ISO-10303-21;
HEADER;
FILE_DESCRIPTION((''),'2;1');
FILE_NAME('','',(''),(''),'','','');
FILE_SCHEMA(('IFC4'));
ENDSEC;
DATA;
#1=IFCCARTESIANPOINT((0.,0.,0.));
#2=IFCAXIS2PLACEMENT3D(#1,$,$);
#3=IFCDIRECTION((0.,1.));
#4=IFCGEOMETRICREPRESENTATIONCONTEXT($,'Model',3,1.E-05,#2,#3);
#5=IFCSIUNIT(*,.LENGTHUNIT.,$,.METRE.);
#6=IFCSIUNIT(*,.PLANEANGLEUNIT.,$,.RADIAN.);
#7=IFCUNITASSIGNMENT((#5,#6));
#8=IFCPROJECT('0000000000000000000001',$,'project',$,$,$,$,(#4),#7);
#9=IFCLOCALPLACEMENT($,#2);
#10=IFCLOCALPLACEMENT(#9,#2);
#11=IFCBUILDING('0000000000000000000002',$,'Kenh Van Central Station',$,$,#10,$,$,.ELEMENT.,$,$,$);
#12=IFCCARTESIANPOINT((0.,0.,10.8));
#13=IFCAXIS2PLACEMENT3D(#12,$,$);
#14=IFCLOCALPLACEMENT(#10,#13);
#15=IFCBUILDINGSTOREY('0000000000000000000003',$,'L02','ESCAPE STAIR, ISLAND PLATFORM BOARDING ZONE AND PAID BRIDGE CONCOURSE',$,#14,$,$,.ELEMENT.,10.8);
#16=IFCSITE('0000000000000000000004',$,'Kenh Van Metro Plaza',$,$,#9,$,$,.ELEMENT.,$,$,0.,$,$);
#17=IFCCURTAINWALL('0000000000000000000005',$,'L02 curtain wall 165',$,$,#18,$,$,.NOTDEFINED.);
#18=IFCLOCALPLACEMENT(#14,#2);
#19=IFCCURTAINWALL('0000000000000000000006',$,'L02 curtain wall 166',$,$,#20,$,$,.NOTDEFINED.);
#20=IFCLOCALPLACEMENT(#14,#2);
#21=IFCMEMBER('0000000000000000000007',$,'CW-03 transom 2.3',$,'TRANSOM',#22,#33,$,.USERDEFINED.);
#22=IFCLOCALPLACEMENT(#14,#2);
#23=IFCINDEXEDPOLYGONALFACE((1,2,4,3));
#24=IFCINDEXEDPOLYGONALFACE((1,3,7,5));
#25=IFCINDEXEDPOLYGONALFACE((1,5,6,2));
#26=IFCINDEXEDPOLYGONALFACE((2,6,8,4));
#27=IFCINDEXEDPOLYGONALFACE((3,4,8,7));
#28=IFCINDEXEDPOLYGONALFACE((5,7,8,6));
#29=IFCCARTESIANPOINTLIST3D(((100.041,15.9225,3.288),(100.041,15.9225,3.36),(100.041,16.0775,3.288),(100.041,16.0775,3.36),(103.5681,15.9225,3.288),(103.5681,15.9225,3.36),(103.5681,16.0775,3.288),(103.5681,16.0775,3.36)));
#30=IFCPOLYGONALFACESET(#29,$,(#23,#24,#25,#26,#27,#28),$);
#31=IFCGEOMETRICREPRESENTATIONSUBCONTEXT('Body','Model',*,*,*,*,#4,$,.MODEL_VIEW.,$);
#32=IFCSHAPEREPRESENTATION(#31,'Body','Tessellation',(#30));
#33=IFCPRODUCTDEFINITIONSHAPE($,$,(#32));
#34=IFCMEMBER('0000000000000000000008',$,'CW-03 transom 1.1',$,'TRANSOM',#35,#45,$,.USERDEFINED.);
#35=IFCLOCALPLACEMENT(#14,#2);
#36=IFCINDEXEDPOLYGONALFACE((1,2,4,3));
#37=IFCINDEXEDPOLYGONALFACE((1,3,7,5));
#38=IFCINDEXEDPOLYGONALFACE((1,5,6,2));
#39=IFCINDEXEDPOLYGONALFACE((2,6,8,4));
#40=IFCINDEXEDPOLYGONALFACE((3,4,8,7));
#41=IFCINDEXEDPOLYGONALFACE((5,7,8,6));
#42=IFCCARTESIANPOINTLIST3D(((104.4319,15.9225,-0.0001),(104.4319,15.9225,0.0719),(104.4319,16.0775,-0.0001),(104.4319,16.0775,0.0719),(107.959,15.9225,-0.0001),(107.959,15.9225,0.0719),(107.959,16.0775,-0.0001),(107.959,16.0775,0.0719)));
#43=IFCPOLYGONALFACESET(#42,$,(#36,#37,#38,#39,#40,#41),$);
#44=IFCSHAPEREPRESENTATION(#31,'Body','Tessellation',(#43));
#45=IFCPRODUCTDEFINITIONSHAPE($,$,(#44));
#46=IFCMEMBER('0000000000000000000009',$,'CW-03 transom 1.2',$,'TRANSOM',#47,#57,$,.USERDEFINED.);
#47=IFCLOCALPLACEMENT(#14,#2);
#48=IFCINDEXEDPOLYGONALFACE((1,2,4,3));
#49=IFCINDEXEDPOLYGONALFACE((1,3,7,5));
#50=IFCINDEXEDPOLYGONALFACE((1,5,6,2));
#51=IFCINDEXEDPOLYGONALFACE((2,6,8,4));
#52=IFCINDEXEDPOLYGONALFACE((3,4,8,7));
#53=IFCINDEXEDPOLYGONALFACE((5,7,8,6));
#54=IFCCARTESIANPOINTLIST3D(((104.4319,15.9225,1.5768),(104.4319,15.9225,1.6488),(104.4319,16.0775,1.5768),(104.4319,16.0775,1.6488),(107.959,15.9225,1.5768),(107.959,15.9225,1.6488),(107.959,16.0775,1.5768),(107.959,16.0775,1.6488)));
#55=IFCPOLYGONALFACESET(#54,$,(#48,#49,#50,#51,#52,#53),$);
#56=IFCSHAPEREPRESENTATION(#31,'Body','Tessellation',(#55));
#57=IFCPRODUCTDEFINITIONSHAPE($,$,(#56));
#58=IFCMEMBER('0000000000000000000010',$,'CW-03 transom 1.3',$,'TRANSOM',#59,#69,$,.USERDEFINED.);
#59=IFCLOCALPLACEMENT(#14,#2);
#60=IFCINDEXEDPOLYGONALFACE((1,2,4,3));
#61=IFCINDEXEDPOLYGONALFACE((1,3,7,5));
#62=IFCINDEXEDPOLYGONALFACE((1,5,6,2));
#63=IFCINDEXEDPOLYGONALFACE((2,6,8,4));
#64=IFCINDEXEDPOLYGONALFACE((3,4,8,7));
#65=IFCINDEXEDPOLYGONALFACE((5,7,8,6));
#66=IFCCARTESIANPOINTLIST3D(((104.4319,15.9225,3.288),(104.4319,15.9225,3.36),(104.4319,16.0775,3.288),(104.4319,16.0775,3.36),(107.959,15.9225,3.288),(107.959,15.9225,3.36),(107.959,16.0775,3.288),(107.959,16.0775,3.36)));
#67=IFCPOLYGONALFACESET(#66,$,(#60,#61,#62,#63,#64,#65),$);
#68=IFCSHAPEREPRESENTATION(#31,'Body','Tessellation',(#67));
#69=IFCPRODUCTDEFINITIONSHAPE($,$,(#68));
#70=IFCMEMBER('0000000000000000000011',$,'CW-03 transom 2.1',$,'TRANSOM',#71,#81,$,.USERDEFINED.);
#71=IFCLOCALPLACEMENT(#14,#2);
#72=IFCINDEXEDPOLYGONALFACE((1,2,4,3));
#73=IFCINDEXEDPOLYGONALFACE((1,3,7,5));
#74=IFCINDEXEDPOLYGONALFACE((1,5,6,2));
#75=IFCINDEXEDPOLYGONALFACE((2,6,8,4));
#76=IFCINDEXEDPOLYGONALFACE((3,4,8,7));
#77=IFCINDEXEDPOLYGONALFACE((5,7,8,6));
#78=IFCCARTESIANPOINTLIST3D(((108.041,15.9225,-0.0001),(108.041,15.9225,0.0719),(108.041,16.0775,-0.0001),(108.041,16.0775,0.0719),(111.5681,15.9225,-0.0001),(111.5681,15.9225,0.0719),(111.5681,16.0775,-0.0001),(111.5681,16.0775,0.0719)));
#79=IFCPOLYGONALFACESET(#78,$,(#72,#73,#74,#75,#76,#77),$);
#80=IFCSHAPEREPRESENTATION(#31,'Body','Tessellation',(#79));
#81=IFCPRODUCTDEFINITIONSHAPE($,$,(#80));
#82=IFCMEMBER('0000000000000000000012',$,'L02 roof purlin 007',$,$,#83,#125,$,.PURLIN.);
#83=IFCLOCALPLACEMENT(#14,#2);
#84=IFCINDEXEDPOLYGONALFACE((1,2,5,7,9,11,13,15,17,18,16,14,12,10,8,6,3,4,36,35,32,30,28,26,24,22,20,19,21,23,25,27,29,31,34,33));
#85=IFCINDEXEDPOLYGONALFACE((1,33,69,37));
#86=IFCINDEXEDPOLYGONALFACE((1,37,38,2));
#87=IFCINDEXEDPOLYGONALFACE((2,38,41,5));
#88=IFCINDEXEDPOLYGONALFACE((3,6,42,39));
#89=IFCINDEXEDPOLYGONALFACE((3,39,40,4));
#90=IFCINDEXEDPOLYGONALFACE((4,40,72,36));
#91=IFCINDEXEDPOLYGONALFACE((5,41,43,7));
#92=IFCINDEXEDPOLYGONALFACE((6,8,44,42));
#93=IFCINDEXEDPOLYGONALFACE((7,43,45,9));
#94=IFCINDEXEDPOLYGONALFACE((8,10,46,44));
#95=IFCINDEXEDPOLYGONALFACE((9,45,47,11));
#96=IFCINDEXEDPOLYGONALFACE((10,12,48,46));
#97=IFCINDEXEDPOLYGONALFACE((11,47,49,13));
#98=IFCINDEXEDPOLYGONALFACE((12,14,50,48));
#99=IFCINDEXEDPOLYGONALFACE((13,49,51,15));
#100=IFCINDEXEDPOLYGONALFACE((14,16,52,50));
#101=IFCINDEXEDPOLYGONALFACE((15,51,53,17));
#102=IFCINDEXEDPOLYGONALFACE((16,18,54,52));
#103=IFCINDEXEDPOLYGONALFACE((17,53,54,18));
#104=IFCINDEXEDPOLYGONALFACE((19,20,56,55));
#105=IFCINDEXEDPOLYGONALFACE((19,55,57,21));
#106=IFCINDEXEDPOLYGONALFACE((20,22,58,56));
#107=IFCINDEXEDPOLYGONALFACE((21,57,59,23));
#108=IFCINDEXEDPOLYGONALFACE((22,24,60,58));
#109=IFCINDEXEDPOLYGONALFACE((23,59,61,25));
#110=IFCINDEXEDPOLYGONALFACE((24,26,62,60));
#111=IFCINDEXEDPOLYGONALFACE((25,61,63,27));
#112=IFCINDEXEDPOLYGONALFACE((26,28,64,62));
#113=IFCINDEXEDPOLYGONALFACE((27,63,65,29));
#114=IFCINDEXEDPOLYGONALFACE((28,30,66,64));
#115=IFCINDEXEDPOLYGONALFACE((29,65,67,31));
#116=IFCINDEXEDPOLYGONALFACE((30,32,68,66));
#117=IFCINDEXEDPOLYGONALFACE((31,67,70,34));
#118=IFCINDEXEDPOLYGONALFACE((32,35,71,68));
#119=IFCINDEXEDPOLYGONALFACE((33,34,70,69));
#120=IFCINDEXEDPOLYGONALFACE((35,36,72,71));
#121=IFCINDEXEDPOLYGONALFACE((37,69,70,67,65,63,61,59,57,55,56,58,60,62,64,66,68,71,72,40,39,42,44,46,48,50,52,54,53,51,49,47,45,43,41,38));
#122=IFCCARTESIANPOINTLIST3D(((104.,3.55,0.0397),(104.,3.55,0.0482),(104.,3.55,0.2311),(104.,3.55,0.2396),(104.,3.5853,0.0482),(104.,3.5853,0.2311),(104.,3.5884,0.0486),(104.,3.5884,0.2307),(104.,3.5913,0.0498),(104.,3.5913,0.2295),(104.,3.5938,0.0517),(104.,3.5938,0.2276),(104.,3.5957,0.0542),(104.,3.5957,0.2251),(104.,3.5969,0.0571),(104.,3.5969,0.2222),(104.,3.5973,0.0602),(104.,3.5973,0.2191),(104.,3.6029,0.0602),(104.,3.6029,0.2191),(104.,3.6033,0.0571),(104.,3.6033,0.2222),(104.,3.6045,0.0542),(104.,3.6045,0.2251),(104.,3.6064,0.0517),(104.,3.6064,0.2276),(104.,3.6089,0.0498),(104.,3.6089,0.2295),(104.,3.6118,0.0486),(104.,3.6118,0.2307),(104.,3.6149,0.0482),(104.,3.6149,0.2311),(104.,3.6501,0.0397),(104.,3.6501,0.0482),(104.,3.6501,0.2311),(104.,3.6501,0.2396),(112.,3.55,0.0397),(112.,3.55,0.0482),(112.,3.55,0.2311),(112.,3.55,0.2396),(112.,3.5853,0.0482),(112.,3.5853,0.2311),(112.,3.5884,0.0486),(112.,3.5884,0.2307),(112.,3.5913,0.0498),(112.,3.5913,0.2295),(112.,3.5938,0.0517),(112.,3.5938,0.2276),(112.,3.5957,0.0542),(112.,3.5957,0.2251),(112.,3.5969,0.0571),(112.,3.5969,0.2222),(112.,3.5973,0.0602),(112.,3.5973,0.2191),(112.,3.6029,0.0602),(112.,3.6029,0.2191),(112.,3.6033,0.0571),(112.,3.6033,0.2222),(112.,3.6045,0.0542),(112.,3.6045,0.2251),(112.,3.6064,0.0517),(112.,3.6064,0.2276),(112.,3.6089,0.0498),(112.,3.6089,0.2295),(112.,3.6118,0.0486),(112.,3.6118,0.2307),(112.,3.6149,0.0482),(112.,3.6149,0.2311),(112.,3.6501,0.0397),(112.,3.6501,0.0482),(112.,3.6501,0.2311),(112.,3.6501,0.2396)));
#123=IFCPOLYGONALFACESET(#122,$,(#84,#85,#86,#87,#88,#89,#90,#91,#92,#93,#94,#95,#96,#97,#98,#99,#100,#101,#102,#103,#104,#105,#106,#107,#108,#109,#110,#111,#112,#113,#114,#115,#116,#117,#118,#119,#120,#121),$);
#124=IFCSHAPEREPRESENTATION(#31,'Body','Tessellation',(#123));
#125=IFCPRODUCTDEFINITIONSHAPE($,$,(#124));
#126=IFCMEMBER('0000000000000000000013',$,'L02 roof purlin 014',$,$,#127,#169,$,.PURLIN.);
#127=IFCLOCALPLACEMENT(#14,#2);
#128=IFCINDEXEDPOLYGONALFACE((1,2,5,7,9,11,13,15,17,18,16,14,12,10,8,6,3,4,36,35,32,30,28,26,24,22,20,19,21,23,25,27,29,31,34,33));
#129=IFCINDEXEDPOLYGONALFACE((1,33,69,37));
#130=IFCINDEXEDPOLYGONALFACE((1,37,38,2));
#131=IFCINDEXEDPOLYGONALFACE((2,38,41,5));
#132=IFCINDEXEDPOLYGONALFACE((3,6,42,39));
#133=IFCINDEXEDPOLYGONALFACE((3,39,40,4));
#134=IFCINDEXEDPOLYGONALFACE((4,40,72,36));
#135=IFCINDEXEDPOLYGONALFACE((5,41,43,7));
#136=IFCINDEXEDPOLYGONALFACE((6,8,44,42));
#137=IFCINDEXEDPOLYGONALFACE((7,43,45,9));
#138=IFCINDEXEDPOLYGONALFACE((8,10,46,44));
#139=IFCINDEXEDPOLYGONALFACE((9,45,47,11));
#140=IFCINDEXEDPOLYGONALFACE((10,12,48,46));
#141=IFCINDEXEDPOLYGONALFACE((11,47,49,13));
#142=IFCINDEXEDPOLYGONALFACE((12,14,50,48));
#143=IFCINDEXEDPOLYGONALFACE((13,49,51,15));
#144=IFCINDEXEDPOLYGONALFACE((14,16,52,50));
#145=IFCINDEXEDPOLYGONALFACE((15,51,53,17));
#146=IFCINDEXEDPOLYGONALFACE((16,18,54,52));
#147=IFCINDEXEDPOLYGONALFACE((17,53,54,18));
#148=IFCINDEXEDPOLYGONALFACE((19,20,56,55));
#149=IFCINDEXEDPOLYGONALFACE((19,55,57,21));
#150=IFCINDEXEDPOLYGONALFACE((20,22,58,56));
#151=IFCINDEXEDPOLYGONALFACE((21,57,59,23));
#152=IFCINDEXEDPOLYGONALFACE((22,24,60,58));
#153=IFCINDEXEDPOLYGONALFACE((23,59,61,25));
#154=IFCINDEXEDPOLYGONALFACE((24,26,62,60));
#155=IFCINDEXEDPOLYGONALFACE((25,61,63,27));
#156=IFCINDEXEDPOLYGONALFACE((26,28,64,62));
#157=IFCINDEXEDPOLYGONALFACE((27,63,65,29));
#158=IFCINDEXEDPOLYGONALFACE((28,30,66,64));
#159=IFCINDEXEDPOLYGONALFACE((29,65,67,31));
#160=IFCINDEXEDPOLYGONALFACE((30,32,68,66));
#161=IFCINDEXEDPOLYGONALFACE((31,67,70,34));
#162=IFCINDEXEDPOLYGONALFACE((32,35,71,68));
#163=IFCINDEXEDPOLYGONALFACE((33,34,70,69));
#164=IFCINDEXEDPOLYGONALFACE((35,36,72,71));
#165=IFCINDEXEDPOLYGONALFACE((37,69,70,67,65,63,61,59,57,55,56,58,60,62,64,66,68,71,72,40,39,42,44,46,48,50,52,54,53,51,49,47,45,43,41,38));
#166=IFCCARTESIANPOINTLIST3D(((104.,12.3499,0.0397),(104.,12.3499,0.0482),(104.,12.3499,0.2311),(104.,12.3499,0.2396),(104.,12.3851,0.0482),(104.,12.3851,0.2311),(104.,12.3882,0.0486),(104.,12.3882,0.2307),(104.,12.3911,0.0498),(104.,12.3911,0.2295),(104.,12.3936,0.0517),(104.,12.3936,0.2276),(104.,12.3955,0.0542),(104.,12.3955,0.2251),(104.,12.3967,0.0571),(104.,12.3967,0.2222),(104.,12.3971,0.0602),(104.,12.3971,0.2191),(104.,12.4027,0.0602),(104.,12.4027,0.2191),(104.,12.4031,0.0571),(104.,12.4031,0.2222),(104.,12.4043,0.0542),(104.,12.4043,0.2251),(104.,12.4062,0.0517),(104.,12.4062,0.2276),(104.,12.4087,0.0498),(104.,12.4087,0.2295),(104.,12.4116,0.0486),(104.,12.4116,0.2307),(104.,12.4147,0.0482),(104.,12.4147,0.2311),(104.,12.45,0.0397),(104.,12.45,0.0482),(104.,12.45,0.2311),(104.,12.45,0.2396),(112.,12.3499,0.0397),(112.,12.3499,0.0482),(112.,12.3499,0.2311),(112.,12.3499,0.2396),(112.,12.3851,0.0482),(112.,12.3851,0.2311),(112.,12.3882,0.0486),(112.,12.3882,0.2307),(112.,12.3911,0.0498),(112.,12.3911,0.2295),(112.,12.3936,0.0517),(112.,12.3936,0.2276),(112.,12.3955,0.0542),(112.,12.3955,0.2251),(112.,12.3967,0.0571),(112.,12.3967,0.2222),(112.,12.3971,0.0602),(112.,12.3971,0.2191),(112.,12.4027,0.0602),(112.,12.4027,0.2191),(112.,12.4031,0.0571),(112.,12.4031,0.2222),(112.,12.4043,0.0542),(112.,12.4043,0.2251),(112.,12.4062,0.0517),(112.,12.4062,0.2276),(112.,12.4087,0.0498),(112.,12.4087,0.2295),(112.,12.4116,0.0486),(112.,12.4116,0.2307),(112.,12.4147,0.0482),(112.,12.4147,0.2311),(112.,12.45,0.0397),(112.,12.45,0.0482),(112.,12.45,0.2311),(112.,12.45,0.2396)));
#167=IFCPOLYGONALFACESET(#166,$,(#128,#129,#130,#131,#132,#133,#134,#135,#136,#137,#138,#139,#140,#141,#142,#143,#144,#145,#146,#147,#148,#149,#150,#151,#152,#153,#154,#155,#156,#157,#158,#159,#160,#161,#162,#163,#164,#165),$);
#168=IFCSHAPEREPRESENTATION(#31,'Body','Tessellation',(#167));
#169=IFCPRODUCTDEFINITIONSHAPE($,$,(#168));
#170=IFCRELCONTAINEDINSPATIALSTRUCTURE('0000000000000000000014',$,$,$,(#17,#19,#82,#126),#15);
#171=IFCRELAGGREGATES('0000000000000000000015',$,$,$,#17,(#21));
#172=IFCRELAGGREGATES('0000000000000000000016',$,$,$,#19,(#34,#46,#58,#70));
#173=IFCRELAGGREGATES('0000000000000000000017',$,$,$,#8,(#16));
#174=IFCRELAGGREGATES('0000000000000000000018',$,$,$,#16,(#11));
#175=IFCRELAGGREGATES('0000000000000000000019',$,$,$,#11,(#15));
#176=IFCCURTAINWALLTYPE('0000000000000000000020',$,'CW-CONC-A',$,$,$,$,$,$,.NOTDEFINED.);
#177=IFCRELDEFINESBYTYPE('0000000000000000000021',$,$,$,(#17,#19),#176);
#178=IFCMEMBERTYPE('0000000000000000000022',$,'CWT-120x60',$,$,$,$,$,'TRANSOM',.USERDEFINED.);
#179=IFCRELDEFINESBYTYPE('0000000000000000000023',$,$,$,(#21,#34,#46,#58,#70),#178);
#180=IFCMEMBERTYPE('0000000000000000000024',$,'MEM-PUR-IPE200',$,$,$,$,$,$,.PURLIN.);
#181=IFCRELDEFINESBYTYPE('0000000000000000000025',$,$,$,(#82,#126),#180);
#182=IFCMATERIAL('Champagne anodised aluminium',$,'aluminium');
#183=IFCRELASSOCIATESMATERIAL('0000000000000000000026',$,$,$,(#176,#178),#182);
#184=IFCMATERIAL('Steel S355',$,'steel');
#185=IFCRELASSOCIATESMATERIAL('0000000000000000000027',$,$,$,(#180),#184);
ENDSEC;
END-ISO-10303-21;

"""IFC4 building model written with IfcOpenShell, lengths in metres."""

from ifc_helpers import new_model, si_unit, direction, frame, origin, origin_2d, place, context, subcontext, project, spatial, rectangle, i_section, extrude, material, material_profile, profile_set, type_object, element, aggregate, save


model = new_model("IFC4")

# Units and contexts
model_context = context("Model", 3, precision=1e-05, world=origin(), true_north=direction((0.0, 1.0)))
body_context = subcontext(model_context, "Body", "Model", "MODEL_VIEW")
ifc_project = project(units=[si_unit("LENGTHUNIT", "METRE"), si_unit("PLANEANGLEUNIT", "RADIAN")], contexts=[model_context])

# Site, building, storey
site_placement = place(None, origin())
site = spatial("IfcSite", under=ifc_project, at=site_placement, Name="Kenh Van Metro Plaza", CompositionType="ELEMENT", RefElevation=0.0)
building_placement = place(site_placement, origin())
building = spatial("IfcBuilding", under=site, at=building_placement, Name="Kenh Van Central Station", CompositionType="ELEMENT")
storey_placement = place(building_placement, frame((0.0, 0.0, 10.8)))
storey = spatial("IfcBuildingStorey", under=building, at=storey_placement, Name="L02", Description="ESCAPE STAIR, ISLAND PLATFORM BOARDING ZONE AND PAID BRIDGE CONCOURSE", CompositionType="ELEMENT", Elevation=10.8)

# Shared definitions
ifc_material_1 = material(Name="Steel S355", Category="steel")

# Curtain walls
ifc_material_2 = material(Name="Champagne anodised aluminium", Category="aluminium")
curtain_wall_type = type_object("IfcCurtainWallType", Name="CW-CONC-A", PredefinedType="NOTDEFINED", material=ifc_material_2)
curtain_wall_1_placement = place(storey_placement, origin())
curtain_wall_1 = element("IfcCurtainWall", 1, at=curtain_wall_1_placement, inside=storey, type_object=curtain_wall_type, Name="L02 curtain wall 165", PredefinedType="NOTDEFINED")
curtain_wall_2_placement = place(storey_placement, origin())
curtain_wall_2 = element("IfcCurtainWall", 2, at=curtain_wall_2_placement, inside=storey, type_object=curtain_wall_type, Name="L02 curtain wall 166", PredefinedType="NOTDEFINED")

# Members
ifc_material_profile_1 = material_profile(ifc_material_2, rectangle(XDim=0.155, YDim=0.072, at=origin_2d()), Name="AL 155x72")
ifc_profile_set_1 = profile_set([ifc_material_profile_1], Name="Champagne anodised aluminium")
member_type_1 = type_object("IfcMemberType", Name="CWT-120x60", ElementType="TRANSOM", PredefinedType="USERDEFINED", material=ifc_profile_set_1)
member_1_placement = place(storey_placement, frame((100.041, 16.0, 3.324), z_axis=(1.0, 0.0, 0.0), x_axis=(0.0, 1.0, 0.0)))
member_1 = element("IfcMember", 3, at=member_1_placement, type_object=member_type_1, Name="CW-03 transom 2.3", ObjectType="TRANSOM", PredefinedType="USERDEFINED", context=body_context, shape_type="SweptSolid", body=[
    extrude(rectangle(XDim=0.155, YDim=0.072, at=origin_2d()), origin(), (0.0, 0.0, 1.0), 3.5271),
])
member_2_placement = place(storey_placement, frame((104.4319, 16.0, 0.0359), z_axis=(1.0, 0.0, 0.0), x_axis=(0.0, 1.0, 0.0)))
member_2 = element("IfcMember", 4, at=member_2_placement, type_object=member_type_1, Name="CW-03 transom 1.1", ObjectType="TRANSOM", PredefinedType="USERDEFINED", context=body_context, shape_type="SweptSolid", body=[
    extrude(rectangle(XDim=0.155, YDim=0.072, at=origin_2d()), origin(), (0.0, 0.0, 1.0), 3.5271),
])
member_3_placement = place(storey_placement, frame((104.4319, 16.0, 1.6128), z_axis=(1.0, 0.0, 0.0), x_axis=(0.0, 1.0, 0.0)))
member_3 = element("IfcMember", 5, at=member_3_placement, type_object=member_type_1, Name="CW-03 transom 1.2", ObjectType="TRANSOM", PredefinedType="USERDEFINED", context=body_context, shape_type="SweptSolid", body=[
    extrude(rectangle(XDim=0.155, YDim=0.072, at=origin_2d()), origin(), (0.0, 0.0, 1.0), 3.5271),
])
member_4_placement = place(storey_placement, frame((104.4319, 16.0, 3.324), z_axis=(1.0, 0.0, 0.0), x_axis=(0.0, 1.0, 0.0)))
member_4 = element("IfcMember", 6, at=member_4_placement, type_object=member_type_1, Name="CW-03 transom 1.3", ObjectType="TRANSOM", PredefinedType="USERDEFINED", context=body_context, shape_type="SweptSolid", body=[
    extrude(rectangle(XDim=0.155, YDim=0.072, at=origin_2d()), origin(), (0.0, 0.0, 1.0), 3.5271),
])
member_5_placement = place(storey_placement, frame((108.041, 16.0, 0.0359), z_axis=(1.0, 0.0, 0.0), x_axis=(0.0, 1.0, 0.0)))
member_5 = element("IfcMember", 7, at=member_5_placement, type_object=member_type_1, Name="CW-03 transom 2.1", ObjectType="TRANSOM", PredefinedType="USERDEFINED", context=body_context, shape_type="SweptSolid", body=[
    extrude(rectangle(XDim=0.155, YDim=0.072, at=origin_2d()), origin(), (0.0, 0.0, 1.0), 3.5271),
])

# Members
ifc_material_profile_2 = material_profile(ifc_material_1, i_section(OverallWidth=0.1001, OverallDepth=0.2, WebThickness=0.0056, FlangeThickness=0.0085, FilletRadius=0.012, at=origin_2d()), Name="IPE 200")
ifc_profile_set_2 = profile_set([ifc_material_profile_2], Name="Steel S355")
member_type_2 = type_object("IfcMemberType", Name="MEM-PUR-IPE200", PredefinedType="PURLIN", material=ifc_profile_set_2)
for number, where, z_axis, x_axis, name in (
    (8, (104.0, 3.6001, 0.1396), (1.0, 0.0, 0.0), (0.0, 1.0, 0.0), "L02 roof purlin 007"),
    (9, (104.0, 12.3999, 0.1396), (1.0, 0.0, 0.0), (0.0, 1.0, 0.0), "L02 roof purlin 014"),
):
    element("IfcMember", number, at=place(storey_placement, frame(where, z_axis=z_axis, x_axis=x_axis)), inside=storey, type_object=member_type_2, Name=name, PredefinedType="PURLIN", context=body_context, shape_type="SweptSolid", body=[
        extrude(i_section(OverallWidth=0.1001, OverallDepth=0.2, WebThickness=0.0056, FlangeThickness=0.0085, FilletRadius=0.012, at=origin_2d()), origin(), (0.0, 0.0, 1.0), 8.0),
    ])

aggregate(curtain_wall_1, [member_1])
aggregate(curtain_wall_2, [member_2, member_3, member_4, member_5])

save(model, "model.ifc")
